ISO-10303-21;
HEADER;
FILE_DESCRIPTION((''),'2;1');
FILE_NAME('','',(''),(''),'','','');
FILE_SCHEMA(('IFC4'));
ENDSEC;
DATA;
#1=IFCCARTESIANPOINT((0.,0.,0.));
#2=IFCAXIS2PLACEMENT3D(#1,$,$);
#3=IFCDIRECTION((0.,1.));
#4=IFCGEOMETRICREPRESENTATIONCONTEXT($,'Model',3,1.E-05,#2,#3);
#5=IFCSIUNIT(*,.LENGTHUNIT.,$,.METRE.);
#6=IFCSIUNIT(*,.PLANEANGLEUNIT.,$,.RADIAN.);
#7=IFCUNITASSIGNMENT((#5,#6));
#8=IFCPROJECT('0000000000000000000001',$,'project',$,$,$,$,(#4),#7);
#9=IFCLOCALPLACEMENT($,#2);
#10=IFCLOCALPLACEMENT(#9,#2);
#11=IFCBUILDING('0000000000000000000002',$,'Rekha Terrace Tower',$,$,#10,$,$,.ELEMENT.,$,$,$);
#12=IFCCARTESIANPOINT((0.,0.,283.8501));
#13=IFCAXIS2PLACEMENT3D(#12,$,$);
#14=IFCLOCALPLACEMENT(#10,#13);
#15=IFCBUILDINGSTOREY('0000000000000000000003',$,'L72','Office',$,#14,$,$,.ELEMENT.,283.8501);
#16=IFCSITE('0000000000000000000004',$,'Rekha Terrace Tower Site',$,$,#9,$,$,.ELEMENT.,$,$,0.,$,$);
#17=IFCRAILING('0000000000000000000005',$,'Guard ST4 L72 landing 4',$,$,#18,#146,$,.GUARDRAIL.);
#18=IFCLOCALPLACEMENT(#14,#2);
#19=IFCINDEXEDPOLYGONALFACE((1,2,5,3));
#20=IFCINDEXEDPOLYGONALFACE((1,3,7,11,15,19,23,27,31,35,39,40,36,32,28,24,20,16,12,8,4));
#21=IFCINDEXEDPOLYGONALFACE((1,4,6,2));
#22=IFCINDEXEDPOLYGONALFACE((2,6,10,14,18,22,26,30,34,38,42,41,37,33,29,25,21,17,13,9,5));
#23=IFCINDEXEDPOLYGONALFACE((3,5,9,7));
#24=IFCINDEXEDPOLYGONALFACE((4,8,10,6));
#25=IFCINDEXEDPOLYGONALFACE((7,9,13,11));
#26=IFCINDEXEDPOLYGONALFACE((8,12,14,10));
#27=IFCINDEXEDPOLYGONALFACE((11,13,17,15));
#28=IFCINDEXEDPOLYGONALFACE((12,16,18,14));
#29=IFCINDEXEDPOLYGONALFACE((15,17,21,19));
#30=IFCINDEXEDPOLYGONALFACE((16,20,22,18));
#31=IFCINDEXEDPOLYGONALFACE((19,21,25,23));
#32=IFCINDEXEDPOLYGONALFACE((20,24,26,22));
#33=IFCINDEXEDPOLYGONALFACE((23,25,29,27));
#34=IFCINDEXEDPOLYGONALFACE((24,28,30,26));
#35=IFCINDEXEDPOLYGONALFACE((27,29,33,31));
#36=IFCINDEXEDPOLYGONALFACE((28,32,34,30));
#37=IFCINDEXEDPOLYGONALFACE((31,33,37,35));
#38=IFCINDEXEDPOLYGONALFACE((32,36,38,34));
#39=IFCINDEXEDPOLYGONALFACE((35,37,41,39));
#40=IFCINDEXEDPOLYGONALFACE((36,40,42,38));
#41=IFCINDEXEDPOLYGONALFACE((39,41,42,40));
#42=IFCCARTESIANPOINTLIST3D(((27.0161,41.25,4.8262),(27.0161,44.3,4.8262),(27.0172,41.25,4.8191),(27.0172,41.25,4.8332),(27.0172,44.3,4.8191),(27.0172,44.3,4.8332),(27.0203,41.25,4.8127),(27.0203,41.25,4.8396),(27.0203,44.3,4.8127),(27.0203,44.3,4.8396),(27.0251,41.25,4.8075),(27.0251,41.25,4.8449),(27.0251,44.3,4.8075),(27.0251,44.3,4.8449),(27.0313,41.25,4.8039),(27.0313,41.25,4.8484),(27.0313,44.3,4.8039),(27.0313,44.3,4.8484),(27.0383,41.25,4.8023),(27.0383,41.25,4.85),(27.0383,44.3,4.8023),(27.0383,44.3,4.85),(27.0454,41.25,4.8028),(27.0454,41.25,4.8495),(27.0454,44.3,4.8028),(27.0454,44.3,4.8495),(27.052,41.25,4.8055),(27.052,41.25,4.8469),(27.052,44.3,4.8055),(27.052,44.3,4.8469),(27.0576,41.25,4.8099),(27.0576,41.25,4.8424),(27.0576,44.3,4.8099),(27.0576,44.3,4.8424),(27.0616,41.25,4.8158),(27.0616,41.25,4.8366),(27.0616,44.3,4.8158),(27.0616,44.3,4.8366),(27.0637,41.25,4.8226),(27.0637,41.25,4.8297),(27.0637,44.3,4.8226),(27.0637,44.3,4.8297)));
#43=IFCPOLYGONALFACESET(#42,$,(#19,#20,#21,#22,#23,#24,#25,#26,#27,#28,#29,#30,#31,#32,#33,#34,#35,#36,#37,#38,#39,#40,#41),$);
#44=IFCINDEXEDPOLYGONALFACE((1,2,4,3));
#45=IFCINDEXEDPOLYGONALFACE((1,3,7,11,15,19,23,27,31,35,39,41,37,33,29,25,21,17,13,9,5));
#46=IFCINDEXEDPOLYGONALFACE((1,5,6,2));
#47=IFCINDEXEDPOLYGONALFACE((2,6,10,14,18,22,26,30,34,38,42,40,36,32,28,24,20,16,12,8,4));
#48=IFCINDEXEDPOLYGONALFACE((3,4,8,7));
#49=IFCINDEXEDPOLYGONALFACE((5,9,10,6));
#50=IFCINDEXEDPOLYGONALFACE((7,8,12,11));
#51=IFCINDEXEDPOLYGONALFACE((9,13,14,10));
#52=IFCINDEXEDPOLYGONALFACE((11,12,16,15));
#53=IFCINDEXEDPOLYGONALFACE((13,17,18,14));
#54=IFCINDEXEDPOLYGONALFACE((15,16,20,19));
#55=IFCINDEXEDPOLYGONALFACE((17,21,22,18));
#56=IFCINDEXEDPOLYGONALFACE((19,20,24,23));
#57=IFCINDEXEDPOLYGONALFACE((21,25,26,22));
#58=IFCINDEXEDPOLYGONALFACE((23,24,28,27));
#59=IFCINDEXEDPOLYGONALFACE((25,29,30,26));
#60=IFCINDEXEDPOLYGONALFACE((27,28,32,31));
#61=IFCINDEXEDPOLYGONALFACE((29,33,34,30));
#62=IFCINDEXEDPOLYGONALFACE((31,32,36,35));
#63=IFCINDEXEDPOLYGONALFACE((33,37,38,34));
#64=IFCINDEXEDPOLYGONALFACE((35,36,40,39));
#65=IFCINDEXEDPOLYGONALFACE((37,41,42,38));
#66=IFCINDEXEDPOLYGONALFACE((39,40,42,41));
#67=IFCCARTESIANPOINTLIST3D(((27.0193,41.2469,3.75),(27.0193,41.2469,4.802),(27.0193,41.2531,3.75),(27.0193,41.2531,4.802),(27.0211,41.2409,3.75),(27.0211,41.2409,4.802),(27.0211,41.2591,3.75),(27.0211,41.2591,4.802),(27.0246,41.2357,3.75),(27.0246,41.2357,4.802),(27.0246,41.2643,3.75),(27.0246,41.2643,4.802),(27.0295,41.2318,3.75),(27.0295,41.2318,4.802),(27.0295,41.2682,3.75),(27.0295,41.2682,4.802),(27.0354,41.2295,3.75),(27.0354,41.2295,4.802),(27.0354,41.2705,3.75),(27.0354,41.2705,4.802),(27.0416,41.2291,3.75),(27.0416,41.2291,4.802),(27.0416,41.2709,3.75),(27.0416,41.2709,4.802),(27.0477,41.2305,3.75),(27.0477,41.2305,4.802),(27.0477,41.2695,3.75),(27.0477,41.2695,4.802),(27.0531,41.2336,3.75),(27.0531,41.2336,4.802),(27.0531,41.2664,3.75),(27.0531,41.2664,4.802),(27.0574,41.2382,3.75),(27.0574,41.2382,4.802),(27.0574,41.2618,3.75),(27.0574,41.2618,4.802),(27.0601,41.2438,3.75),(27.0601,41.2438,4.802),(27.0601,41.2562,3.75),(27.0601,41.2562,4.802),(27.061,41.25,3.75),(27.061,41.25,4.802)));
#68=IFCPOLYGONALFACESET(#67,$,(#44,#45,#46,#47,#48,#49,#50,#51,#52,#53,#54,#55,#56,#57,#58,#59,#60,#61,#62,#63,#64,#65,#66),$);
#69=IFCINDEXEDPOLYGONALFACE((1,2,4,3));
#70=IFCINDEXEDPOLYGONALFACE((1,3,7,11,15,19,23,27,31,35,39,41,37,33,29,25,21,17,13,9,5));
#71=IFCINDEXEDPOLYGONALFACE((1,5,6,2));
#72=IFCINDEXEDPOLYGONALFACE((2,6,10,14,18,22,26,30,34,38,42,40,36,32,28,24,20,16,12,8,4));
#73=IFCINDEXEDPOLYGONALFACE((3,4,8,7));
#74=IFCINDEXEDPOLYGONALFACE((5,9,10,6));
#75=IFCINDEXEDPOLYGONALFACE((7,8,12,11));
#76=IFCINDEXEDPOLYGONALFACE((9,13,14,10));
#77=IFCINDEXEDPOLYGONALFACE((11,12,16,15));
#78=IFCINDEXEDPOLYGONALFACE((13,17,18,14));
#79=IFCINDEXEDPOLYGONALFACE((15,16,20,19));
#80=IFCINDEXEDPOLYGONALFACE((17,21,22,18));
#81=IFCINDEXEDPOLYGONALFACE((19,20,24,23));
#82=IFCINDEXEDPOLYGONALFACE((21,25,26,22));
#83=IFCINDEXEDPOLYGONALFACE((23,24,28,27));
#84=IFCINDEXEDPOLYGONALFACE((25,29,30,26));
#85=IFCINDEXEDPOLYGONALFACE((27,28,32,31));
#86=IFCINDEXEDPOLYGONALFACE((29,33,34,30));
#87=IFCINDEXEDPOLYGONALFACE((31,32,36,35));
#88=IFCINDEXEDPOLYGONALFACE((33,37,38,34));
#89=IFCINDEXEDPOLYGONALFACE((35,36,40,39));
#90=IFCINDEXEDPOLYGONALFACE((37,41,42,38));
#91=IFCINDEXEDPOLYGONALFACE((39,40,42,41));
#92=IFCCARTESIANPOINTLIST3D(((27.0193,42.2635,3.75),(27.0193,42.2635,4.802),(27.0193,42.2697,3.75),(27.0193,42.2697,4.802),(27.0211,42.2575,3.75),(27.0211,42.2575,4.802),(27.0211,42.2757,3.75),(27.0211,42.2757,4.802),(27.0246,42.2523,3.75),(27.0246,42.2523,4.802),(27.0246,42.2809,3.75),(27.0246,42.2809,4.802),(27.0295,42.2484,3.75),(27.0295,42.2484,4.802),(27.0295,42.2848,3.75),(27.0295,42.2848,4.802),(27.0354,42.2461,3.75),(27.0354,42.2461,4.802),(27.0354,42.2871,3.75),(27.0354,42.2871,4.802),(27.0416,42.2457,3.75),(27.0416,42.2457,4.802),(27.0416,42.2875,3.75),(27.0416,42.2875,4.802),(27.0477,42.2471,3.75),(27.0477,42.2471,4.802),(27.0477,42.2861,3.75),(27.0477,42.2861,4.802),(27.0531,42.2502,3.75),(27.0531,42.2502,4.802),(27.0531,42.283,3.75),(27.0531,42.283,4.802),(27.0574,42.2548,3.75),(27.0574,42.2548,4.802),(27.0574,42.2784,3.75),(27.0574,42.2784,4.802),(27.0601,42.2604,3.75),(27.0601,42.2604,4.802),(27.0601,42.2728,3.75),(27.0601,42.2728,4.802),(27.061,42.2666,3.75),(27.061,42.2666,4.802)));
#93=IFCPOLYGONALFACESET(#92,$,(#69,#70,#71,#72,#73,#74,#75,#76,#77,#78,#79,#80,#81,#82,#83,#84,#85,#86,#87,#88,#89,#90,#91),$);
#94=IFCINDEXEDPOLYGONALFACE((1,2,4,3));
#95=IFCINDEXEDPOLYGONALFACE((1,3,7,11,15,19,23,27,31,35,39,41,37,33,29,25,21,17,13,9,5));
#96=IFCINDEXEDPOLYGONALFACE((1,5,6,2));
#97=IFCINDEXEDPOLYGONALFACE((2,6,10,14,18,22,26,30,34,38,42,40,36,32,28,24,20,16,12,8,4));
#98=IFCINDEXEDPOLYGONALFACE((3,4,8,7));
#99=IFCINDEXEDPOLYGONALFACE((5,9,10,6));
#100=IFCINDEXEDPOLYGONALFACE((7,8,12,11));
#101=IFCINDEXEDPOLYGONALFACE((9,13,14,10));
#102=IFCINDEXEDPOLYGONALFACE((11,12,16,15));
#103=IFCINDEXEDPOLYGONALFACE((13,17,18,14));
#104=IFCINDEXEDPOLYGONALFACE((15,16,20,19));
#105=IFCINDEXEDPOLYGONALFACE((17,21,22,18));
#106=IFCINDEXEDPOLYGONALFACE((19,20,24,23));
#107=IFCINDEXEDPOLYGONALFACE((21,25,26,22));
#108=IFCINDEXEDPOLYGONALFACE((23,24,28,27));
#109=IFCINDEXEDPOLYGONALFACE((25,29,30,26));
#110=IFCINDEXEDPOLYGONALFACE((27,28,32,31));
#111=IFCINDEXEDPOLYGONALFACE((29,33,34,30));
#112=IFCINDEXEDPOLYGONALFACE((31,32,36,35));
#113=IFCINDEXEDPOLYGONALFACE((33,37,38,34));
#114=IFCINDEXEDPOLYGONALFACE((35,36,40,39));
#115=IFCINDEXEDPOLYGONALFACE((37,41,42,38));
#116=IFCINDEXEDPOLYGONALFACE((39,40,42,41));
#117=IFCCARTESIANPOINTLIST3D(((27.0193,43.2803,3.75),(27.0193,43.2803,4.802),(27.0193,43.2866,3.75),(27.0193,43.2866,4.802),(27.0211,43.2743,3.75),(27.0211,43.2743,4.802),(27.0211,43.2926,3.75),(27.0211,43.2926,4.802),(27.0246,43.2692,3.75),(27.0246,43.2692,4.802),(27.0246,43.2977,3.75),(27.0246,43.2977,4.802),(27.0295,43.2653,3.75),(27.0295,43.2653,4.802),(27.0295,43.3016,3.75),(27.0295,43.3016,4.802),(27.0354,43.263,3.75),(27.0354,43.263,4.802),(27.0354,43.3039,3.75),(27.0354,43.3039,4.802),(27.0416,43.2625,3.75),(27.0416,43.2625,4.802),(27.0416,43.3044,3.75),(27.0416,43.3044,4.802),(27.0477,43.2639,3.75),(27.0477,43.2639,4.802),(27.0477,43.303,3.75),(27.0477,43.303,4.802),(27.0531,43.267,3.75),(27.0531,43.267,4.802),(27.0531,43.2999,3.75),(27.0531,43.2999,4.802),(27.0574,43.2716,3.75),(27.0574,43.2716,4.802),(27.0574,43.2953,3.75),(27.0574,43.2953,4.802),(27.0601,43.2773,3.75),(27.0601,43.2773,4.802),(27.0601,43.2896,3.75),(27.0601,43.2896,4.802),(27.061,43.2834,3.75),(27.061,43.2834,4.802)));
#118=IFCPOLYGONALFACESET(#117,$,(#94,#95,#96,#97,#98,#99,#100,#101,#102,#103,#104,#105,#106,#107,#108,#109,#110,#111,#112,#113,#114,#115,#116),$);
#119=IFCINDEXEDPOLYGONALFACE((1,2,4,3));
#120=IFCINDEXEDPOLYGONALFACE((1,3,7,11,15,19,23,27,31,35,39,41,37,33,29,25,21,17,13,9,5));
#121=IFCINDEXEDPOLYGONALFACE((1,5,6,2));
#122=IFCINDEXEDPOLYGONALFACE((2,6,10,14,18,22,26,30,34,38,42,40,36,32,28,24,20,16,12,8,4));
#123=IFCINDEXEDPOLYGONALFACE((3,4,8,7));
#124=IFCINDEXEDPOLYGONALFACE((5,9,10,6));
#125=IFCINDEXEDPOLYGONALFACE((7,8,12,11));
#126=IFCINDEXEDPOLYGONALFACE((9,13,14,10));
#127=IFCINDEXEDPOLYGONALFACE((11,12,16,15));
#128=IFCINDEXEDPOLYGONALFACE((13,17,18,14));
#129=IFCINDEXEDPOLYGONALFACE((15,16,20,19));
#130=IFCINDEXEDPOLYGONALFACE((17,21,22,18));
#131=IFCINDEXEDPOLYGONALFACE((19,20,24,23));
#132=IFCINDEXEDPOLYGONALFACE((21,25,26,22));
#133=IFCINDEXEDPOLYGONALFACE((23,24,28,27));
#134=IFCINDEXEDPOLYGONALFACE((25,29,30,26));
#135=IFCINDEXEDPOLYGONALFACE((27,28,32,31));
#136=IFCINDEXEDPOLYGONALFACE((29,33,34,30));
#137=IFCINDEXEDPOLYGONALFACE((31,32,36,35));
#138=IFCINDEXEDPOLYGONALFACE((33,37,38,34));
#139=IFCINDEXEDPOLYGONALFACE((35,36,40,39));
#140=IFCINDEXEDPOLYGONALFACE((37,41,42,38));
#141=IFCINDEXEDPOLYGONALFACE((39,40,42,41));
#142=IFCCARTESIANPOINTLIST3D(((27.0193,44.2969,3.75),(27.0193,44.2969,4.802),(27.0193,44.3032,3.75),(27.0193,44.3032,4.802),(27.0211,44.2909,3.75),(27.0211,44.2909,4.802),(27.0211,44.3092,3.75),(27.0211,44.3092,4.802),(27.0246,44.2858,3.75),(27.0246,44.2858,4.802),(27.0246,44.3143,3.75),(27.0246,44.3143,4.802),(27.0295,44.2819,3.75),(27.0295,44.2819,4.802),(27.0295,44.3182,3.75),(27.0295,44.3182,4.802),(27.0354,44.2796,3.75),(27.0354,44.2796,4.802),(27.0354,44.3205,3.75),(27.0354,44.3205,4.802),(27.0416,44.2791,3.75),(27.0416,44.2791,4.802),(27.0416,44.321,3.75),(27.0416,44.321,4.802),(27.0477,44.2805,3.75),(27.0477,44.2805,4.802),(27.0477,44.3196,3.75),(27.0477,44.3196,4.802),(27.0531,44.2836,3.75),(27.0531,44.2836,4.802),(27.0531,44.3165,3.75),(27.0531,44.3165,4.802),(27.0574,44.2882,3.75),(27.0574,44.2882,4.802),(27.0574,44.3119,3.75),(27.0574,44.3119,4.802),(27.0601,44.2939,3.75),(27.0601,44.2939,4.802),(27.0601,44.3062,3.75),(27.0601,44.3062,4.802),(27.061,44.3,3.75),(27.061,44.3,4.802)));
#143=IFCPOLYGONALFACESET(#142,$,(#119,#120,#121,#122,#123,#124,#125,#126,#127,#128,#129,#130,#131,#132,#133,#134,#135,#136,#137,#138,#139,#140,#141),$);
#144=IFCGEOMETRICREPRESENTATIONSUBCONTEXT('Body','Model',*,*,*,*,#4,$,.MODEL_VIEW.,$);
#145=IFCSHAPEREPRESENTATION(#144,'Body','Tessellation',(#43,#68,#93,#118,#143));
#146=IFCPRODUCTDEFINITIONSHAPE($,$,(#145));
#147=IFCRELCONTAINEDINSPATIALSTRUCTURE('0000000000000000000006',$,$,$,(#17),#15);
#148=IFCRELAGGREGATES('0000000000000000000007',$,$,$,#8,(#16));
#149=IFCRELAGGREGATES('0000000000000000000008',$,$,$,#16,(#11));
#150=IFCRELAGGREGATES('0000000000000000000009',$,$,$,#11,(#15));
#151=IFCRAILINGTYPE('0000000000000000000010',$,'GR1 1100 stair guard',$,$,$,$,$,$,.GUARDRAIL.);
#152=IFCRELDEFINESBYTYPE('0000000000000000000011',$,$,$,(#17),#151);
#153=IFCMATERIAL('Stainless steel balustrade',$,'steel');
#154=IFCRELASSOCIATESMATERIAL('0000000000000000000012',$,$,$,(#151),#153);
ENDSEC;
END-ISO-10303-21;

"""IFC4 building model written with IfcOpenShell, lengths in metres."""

from ifc_helpers import new_model, si_unit, direction, frame, origin, origin_2d, place, context, subcontext, project, spatial, circle, extrude, material, type_object, element, save


model = new_model("IFC4")

# Units and contexts
model_context = context("Model", 3, precision=1e-05, world=origin(), true_north=direction((0.0, 1.0)))
body_context = subcontext(model_context, "Body", "Model", "MODEL_VIEW")
ifc_project = project(units=[si_unit("LENGTHUNIT", "METRE"), si_unit("PLANEANGLEUNIT", "RADIAN")], contexts=[model_context])

# Site, building, storey
site_placement = place(None, origin())
site = spatial("IfcSite", under=ifc_project, at=site_placement, Name="Rekha Terrace Tower Site", CompositionType="ELEMENT", RefElevation=0.0)
building_placement = place(site_placement, origin())
building = spatial("IfcBuilding", under=site, at=building_placement, Name="Rekha Terrace Tower", CompositionType="ELEMENT")
storey_placement = place(building_placement, frame((0.0, 0.0, 283.8501)))
storey = spatial("IfcBuildingStorey", under=building, at=storey_placement, Name="L72", Description="Office", CompositionType="ELEMENT", Elevation=283.8501)

# Railing
ifc_material_1 = material(Name="Stainless steel balustrade", Category="steel")
railing_type = type_object("IfcRailingType", Name="GR1 1100 stair guard", PredefinedType="GUARDRAIL", material=ifc_material_1)
railing_1_placement = place(storey_placement, frame((27.04, 41.25, 3.75)))
element("IfcRailing", 1, at=railing_1_placement, inside=storey, type_object=railing_type, Name="Guard ST4 L72 landing 4", PredefinedType="GUARDRAIL", context=body_context, shape_type="SweptSolid", body=[
    extrude(circle(Radius=0.0239, at=origin_2d()), frame((0.0, 0.0, 1.0762), z_axis=(0.0, 1.0, 0.0), x_axis=(-1.0, 0.0, 0.0)), (0.0, 0.0, 1.0), 3.05),
    extrude(circle(Radius=0.021, at=origin_2d()), origin(), (0.0, 0.0, 1.0), 1.052),
    extrude(circle(Radius=0.021, at=origin_2d()), frame((0.0, 1.0166, 0.0)), (0.0, 0.0, 1.0), 1.052),
    extrude(circle(Radius=0.021, at=origin_2d()), frame((0.0, 2.0334, 0.0)), (0.0, 0.0, 1.0), 1.052),
    extrude(circle(Radius=0.021, at=origin_2d()), frame((0.0, 3.05, 0.0)), (0.0, 0.0, 1.0), 1.052),
])

save(model, "model.ifc")
